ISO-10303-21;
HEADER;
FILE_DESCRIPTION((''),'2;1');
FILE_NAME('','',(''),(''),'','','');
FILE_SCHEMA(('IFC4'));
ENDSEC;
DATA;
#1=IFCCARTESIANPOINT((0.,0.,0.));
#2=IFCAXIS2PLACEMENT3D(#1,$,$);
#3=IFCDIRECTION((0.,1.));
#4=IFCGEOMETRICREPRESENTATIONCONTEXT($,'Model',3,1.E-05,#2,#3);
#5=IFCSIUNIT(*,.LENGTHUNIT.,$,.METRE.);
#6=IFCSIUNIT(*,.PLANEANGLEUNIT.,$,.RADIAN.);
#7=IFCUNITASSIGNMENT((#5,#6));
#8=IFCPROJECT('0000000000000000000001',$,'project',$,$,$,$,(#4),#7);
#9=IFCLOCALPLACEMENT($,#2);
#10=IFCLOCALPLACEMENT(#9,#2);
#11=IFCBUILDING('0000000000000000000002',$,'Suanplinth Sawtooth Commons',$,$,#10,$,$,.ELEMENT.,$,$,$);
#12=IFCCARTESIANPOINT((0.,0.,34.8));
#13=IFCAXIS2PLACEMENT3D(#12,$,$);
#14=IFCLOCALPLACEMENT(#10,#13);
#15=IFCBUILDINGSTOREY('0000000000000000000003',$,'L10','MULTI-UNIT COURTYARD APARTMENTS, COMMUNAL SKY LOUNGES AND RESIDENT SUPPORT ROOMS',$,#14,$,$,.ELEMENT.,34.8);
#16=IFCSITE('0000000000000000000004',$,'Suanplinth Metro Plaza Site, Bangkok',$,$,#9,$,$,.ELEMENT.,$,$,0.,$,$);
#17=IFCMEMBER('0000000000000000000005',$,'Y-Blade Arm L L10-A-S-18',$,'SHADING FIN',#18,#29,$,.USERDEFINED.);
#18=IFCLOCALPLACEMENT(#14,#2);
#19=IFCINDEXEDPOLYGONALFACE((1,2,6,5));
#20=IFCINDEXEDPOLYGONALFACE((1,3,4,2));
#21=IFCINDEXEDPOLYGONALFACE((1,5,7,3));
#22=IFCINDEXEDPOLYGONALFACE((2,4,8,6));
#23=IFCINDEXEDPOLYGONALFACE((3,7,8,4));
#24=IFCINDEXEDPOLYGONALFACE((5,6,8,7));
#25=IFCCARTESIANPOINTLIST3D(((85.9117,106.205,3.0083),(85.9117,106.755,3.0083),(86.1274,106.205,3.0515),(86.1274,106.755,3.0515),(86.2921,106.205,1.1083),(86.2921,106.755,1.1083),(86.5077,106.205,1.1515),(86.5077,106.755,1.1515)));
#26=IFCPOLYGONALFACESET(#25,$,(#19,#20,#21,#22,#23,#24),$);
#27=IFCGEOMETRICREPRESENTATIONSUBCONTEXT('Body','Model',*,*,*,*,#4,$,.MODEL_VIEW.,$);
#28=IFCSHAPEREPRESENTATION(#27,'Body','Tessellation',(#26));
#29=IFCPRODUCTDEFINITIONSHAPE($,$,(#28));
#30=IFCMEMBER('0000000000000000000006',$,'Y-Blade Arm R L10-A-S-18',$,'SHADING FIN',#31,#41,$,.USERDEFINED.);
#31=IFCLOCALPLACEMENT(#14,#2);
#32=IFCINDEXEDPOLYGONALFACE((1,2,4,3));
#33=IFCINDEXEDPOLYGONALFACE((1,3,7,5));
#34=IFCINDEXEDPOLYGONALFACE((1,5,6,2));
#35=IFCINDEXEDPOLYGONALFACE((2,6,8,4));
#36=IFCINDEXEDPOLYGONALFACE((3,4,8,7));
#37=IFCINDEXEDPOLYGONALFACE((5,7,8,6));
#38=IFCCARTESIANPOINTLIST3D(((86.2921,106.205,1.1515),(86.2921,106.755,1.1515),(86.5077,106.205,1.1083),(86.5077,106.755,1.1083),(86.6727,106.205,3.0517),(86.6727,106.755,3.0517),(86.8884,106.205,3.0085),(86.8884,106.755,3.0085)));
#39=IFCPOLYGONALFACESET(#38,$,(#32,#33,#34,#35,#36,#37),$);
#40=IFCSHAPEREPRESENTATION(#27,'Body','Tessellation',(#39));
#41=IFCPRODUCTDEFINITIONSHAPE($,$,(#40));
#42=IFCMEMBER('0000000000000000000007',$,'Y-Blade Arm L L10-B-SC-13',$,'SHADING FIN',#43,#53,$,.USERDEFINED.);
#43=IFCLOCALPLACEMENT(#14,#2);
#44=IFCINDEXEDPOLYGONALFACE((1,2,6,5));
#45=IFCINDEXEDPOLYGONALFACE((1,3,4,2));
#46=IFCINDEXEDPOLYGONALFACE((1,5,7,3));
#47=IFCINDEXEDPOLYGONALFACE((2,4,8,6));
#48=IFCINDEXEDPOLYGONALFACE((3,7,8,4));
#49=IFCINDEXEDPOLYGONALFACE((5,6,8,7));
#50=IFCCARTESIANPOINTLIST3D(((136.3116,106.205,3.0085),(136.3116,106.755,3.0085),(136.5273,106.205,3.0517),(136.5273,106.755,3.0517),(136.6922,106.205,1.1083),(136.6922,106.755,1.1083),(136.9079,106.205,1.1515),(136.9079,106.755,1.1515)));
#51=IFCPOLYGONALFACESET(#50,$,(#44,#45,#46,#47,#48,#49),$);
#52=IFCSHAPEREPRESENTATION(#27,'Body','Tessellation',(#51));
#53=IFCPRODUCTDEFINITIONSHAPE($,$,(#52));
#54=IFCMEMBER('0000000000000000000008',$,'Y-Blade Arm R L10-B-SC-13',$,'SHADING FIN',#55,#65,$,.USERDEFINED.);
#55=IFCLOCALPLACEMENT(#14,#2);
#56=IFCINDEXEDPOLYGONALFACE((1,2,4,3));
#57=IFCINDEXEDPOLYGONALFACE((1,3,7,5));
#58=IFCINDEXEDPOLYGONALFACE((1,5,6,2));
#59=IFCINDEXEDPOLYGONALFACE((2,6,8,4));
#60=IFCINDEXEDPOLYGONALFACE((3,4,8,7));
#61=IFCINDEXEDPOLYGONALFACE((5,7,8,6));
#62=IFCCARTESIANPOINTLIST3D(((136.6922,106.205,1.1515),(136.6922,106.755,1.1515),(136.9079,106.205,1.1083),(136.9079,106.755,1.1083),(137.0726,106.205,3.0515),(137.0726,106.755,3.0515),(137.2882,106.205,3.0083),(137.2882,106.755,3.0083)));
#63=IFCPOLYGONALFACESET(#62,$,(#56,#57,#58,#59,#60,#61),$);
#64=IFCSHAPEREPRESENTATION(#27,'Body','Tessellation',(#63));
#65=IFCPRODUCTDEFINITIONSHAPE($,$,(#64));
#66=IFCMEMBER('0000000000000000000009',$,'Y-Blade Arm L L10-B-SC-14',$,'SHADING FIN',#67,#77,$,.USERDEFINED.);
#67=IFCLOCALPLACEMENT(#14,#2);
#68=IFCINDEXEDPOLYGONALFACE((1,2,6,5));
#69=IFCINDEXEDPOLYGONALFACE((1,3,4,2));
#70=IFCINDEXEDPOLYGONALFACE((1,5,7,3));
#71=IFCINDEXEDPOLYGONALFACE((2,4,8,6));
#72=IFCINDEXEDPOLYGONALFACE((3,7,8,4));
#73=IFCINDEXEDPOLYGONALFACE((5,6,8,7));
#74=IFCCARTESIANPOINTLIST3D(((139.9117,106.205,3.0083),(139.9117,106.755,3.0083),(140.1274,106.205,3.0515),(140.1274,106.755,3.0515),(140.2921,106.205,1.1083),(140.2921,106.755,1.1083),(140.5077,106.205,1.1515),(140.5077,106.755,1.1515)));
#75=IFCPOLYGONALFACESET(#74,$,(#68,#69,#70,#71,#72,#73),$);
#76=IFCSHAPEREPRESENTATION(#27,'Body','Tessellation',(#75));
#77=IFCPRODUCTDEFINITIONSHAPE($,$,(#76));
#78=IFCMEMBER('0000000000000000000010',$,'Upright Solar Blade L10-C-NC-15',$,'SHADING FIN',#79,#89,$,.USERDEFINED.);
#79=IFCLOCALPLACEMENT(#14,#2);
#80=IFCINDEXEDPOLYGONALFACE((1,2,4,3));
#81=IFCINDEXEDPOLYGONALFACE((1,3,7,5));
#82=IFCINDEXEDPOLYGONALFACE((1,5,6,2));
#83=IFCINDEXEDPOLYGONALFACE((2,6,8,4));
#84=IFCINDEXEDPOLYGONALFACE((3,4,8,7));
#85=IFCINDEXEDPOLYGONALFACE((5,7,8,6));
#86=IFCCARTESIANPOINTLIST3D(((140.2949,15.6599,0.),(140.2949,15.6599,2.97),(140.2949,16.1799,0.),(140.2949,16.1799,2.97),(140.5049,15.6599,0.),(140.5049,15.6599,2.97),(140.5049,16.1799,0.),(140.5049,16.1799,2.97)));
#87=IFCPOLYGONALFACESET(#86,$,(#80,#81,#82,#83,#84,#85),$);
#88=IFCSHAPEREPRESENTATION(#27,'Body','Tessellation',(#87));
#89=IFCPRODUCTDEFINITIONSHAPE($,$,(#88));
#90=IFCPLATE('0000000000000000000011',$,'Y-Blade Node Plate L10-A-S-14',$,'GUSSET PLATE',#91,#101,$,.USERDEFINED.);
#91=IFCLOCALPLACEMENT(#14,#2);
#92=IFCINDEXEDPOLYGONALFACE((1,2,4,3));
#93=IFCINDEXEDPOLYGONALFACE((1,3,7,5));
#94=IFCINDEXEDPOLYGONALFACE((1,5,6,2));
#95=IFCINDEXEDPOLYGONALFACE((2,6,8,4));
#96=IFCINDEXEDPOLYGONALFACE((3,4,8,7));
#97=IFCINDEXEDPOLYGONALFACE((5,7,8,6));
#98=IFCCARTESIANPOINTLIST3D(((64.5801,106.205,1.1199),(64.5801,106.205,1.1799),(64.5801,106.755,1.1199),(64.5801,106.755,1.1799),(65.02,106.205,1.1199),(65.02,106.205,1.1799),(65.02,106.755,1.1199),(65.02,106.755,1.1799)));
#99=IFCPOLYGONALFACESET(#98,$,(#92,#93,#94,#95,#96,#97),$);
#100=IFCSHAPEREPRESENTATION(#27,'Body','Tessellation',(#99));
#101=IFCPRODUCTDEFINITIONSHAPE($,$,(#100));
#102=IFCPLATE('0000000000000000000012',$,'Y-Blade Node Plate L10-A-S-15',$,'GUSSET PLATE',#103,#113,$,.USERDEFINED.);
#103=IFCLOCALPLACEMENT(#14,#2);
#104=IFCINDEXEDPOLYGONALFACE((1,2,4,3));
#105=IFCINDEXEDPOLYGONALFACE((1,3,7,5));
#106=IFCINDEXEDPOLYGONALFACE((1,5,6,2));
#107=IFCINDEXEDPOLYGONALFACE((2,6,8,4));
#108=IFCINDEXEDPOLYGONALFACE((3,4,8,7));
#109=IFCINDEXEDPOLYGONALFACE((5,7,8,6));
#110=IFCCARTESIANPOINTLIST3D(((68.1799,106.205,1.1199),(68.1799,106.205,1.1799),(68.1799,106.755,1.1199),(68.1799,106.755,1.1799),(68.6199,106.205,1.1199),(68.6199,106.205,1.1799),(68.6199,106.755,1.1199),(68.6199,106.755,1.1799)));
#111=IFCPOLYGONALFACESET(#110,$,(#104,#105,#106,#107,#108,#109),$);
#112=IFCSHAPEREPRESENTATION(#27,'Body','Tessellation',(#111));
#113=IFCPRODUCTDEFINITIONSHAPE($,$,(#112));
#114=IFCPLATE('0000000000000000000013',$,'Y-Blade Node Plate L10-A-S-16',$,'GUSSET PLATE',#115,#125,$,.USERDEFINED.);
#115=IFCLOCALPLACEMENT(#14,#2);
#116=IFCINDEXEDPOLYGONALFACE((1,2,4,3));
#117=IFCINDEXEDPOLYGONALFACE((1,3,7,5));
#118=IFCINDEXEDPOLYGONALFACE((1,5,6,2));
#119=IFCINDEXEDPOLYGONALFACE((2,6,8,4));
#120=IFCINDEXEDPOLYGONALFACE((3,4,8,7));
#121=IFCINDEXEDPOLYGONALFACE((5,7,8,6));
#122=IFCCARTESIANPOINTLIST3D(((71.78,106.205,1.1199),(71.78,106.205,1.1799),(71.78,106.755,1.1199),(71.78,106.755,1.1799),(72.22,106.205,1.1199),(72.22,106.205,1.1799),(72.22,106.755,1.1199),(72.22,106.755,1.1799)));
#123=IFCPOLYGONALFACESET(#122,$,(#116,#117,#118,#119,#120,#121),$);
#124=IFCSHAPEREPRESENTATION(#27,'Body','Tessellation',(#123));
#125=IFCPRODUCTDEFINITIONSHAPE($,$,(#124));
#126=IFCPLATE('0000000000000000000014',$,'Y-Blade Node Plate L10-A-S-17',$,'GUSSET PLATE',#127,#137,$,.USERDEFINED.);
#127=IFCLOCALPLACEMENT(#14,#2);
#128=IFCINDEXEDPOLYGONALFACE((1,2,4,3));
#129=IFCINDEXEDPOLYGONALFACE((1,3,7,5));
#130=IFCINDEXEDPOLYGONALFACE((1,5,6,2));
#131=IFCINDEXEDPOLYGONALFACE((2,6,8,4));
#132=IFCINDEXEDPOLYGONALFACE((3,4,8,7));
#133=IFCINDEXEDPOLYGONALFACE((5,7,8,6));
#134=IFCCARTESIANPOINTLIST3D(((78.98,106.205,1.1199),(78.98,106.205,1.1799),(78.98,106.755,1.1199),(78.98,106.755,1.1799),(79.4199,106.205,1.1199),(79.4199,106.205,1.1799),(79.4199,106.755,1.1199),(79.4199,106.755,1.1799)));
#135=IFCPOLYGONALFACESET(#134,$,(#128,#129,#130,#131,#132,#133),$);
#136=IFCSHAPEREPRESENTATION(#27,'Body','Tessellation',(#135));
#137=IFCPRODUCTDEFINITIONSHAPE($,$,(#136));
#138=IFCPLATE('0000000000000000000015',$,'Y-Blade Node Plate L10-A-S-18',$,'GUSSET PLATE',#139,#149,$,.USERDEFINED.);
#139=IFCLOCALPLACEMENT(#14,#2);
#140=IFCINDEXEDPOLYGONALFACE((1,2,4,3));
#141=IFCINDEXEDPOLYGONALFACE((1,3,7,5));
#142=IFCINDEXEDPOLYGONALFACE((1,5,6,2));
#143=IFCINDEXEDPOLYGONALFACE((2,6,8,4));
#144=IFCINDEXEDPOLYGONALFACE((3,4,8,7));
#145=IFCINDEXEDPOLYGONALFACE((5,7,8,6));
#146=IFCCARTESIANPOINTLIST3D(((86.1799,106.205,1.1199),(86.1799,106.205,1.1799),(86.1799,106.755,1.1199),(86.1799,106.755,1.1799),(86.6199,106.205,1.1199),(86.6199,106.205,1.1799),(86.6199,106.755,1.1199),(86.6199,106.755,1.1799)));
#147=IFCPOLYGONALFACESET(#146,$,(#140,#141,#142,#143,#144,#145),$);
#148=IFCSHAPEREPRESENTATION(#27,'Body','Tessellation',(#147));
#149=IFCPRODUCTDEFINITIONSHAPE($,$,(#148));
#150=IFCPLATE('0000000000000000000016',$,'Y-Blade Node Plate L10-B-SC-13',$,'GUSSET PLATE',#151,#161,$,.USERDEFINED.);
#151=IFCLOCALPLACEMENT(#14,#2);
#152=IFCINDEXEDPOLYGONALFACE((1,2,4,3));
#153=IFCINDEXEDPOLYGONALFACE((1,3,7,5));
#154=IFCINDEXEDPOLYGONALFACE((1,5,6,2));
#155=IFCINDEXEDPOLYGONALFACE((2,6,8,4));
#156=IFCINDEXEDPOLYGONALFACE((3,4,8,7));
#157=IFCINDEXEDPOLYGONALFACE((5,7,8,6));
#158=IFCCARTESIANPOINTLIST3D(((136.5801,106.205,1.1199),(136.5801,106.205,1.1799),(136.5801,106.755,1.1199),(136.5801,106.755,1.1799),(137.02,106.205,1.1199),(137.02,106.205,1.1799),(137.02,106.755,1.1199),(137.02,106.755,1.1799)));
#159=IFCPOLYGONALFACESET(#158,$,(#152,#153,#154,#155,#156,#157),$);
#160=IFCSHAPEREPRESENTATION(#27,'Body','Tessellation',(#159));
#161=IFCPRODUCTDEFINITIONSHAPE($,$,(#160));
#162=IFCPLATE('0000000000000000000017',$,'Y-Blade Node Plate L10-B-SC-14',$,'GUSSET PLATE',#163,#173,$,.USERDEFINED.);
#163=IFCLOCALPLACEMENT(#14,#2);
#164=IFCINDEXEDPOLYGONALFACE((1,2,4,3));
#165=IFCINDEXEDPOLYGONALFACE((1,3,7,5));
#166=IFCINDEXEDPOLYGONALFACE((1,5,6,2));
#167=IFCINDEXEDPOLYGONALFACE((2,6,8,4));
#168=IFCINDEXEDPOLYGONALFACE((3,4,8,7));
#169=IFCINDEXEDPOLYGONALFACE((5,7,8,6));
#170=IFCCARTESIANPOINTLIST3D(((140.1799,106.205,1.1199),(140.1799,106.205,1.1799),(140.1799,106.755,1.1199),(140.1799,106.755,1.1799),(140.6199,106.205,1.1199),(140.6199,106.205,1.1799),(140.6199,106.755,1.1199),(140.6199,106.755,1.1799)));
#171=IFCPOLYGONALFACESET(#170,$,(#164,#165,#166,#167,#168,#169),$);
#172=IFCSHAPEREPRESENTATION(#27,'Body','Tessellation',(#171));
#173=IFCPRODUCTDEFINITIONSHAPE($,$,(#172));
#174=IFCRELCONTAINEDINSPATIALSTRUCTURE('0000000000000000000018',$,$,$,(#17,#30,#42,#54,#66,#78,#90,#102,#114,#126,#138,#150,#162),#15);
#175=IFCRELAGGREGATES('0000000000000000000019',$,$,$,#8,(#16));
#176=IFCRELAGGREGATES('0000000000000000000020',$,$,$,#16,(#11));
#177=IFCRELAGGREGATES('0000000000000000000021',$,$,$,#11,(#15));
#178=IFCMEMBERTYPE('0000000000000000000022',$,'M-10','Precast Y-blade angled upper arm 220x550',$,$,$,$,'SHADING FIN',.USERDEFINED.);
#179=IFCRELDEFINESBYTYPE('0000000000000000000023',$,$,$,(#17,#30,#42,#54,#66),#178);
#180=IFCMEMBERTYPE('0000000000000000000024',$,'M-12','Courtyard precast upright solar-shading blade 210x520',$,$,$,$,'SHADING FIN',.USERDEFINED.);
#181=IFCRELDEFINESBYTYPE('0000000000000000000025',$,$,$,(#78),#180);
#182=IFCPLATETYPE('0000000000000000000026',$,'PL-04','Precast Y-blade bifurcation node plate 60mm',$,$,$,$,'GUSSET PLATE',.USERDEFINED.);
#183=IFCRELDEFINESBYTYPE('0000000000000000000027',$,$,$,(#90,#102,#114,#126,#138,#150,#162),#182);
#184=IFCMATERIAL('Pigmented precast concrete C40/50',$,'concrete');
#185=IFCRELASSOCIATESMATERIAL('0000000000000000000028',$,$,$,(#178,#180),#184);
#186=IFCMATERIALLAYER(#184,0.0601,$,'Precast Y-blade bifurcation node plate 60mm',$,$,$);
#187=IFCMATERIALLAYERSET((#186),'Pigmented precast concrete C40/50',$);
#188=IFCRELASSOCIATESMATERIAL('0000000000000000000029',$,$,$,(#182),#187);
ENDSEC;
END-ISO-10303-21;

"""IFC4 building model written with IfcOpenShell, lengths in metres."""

from ifc_helpers import new_model, si_unit, direction, frame, origin, origin_2d, place, context, subcontext, project, spatial, rectangle, extrude, material, layer, layer_set, material_profile, profile_set, type_object, element, save


model = new_model("IFC4")

# Units and contexts
model_context = context("Model", 3, precision=1e-05, world=origin(), true_north=direction((0.0, 1.0)))
body_context = subcontext(model_context, "Body", "Model", "MODEL_VIEW")
ifc_project = project(units=[si_unit("LENGTHUNIT", "METRE"), si_unit("PLANEANGLEUNIT", "RADIAN")], contexts=[model_context])

# Site, building, storey
site_placement = place(None, origin())
site = spatial("IfcSite", under=ifc_project, at=site_placement, Name="Suanplinth Metro Plaza Site, Bangkok", CompositionType="ELEMENT", RefElevation=0.0)
building_placement = place(site_placement, origin())
building = spatial("IfcBuilding", under=site, at=building_placement, Name="Suanplinth Sawtooth Commons", CompositionType="ELEMENT")
storey_placement = place(building_placement, frame((0.0, 0.0, 34.8)))
storey = spatial("IfcBuildingStorey", under=building, at=storey_placement, Name="L10", Description="MULTI-UNIT COURTYARD APARTMENTS, COMMUNAL SKY LOUNGES AND RESIDENT SUPPORT ROOMS", CompositionType="ELEMENT", Elevation=34.8)

# Members
ifc_material_1 = material(Name="Pigmented precast concrete C40/50", Category="concrete")
ifc_material_profile_1 = material_profile(ifc_material_1, rectangle(XDim=0.22, YDim=0.55, at=origin_2d()), Name="PC-FIN 220x550")
ifc_profile_set_1 = profile_set([ifc_material_profile_1], Name="Pigmented precast concrete C40/50")
member_type_1 = type_object("IfcMemberType", Name="M-10", Description="Precast Y-blade angled upper arm 220x550", ElementType="SHADING FIN", PredefinedType="USERDEFINED", material=ifc_profile_set_1)
member_1_placement = place(storey_placement, frame((86.3999, 106.48, 1.1299), z_axis=(-0.196286, 0.0, 0.980547), x_axis=(0.980547, 0.0, 0.196286)))
element("IfcMember", 1, at=member_1_placement, inside=storey, type_object=member_type_1, Name="Y-Blade Arm L L10-A-S-18", ObjectType="SHADING FIN", PredefinedType="USERDEFINED", context=body_context, shape_type="SweptSolid", body=[
    extrude(rectangle(XDim=0.22, YDim=0.55, at=origin_2d()), origin(), (0.0, 0.0, 1.0), 1.9377),
])
for number, where, z_axis, x_axis, name in (
    (2, (86.3999, 106.48, 1.1299), (0.196407, 0.0, 0.980522), (-0.980522, 0.0, 0.196407), "Y-Blade Arm R L10-A-S-18"),
    (3, (136.8, 106.48, 1.1299), (-0.196407, 0.0, 0.980522), (0.980522, 0.0, 0.196407), "Y-Blade Arm L L10-B-SC-13"),
):
    element("IfcMember", number, at=place(storey_placement, frame(where, z_axis=z_axis, x_axis=x_axis)), inside=storey, type_object=member_type_1, Name=name, ObjectType="SHADING FIN", PredefinedType="USERDEFINED", context=body_context, shape_type="SweptSolid", body=[
        extrude(rectangle(XDim=0.22, YDim=0.55, at=origin_2d()), origin(), (0.0, 0.0, 1.0), 1.938),
    ])
for number, where, z_axis, x_axis, name in (
    (4, (136.8, 106.48, 1.1299), (0.196286, 0.0, 0.980547), (-0.980547, 0.0, 0.196286), "Y-Blade Arm R L10-B-SC-13"),
    (5, (140.3999, 106.48, 1.1299), (-0.196286, 0.0, 0.980547), (0.980547, 0.0, 0.196286), "Y-Blade Arm L L10-B-SC-14"),
):
    element("IfcMember", number, at=place(storey_placement, frame(where, z_axis=z_axis, x_axis=x_axis)), inside=storey, type_object=member_type_1, Name=name, ObjectType="SHADING FIN", PredefinedType="USERDEFINED", context=body_context, shape_type="SweptSolid", body=[
        extrude(rectangle(XDim=0.22, YDim=0.55, at=origin_2d()), origin(), (0.0, 0.0, 1.0), 1.9377),
    ])
ifc_material_profile_2 = material_profile(ifc_material_1, rectangle(XDim=0.21, YDim=0.52, at=origin_2d()), Name="PC-FIN 210x520")
ifc_profile_set_2 = profile_set([ifc_material_profile_2], Name="Pigmented precast concrete C40/50")
member_type_2 = type_object("IfcMemberType", Name="M-12", Description="Courtyard precast upright solar-shading blade 210x520", ElementType="SHADING FIN", PredefinedType="USERDEFINED", material=ifc_profile_set_2)
member_2_placement = place(storey_placement, frame((140.3999, 15.9199, 0.0), z_axis=(0.0, 0.0, 1.0), x_axis=(1.0, 0.0, 0.0)))
element("IfcMember", 6, at=member_2_placement, inside=storey, type_object=member_type_2, Name="Upright Solar Blade L10-C-NC-15", ObjectType="SHADING FIN", PredefinedType="USERDEFINED", context=body_context, shape_type="SweptSolid", body=[
    extrude(rectangle(XDim=0.21, YDim=0.52, at=origin_2d()), origin(), (0.0, 0.0, 1.0), 2.97),
])

# Plates
ifc_layer = layer(ifc_material_1, 0.0601, Name="Precast Y-blade bifurcation node plate 60mm")
ifc_layer_set = layer_set([ifc_layer], Name="Pigmented precast concrete C40/50")
plate_type = type_object("IfcPlateType", Name="PL-04", Description="Precast Y-blade bifurcation node plate 60mm", ElementType="GUSSET PLATE", PredefinedType="USERDEFINED", material=ifc_layer_set)
for number, where, z_axis, x_axis, name in (
    (7, (64.8, 106.48, 1.1199), (0.0, 0.0, 1.0), (1.0, 0.0, 0.0), "Y-Blade Node Plate L10-A-S-14"),
    (8, (68.3999, 106.48, 1.1199), (0.0, 0.0, 1.0), (1.0, 0.0, 0.0), "Y-Blade Node Plate L10-A-S-15"),
    (9, (72.0, 106.48, 1.1199), (0.0, 0.0, 1.0), (1.0, 0.0, 0.0), "Y-Blade Node Plate L10-A-S-16"),
    (10, (79.2, 106.48, 1.1199), (0.0, 0.0, 1.0), (1.0, 0.0, 0.0), "Y-Blade Node Plate L10-A-S-17"),
    (11, (86.3999, 106.48, 1.1199), (0.0, 0.0, 1.0), (1.0, 0.0, 0.0), "Y-Blade Node Plate L10-A-S-18"),
    (12, (136.8, 106.48, 1.1199), (0.0, 0.0, 1.0), (1.0, 0.0, 0.0), "Y-Blade Node Plate L10-B-SC-13"),
    (13, (140.3999, 106.48, 1.1199), (0.0, 0.0, 1.0), (1.0, 0.0, 0.0), "Y-Blade Node Plate L10-B-SC-14"),
):
    element("IfcPlate", number, at=place(storey_placement, frame(where, z_axis=z_axis, x_axis=x_axis)), inside=storey, type_object=plate_type, Name=name, ObjectType="GUSSET PLATE", PredefinedType="USERDEFINED", context=body_context, shape_type="SweptSolid", body=[
        extrude(rectangle(XDim=0.4399, YDim=0.55, at=origin_2d()), origin(), (0.0, 0.0, 1.0), 0.0601),
    ])

save(model, "model.ifc")
